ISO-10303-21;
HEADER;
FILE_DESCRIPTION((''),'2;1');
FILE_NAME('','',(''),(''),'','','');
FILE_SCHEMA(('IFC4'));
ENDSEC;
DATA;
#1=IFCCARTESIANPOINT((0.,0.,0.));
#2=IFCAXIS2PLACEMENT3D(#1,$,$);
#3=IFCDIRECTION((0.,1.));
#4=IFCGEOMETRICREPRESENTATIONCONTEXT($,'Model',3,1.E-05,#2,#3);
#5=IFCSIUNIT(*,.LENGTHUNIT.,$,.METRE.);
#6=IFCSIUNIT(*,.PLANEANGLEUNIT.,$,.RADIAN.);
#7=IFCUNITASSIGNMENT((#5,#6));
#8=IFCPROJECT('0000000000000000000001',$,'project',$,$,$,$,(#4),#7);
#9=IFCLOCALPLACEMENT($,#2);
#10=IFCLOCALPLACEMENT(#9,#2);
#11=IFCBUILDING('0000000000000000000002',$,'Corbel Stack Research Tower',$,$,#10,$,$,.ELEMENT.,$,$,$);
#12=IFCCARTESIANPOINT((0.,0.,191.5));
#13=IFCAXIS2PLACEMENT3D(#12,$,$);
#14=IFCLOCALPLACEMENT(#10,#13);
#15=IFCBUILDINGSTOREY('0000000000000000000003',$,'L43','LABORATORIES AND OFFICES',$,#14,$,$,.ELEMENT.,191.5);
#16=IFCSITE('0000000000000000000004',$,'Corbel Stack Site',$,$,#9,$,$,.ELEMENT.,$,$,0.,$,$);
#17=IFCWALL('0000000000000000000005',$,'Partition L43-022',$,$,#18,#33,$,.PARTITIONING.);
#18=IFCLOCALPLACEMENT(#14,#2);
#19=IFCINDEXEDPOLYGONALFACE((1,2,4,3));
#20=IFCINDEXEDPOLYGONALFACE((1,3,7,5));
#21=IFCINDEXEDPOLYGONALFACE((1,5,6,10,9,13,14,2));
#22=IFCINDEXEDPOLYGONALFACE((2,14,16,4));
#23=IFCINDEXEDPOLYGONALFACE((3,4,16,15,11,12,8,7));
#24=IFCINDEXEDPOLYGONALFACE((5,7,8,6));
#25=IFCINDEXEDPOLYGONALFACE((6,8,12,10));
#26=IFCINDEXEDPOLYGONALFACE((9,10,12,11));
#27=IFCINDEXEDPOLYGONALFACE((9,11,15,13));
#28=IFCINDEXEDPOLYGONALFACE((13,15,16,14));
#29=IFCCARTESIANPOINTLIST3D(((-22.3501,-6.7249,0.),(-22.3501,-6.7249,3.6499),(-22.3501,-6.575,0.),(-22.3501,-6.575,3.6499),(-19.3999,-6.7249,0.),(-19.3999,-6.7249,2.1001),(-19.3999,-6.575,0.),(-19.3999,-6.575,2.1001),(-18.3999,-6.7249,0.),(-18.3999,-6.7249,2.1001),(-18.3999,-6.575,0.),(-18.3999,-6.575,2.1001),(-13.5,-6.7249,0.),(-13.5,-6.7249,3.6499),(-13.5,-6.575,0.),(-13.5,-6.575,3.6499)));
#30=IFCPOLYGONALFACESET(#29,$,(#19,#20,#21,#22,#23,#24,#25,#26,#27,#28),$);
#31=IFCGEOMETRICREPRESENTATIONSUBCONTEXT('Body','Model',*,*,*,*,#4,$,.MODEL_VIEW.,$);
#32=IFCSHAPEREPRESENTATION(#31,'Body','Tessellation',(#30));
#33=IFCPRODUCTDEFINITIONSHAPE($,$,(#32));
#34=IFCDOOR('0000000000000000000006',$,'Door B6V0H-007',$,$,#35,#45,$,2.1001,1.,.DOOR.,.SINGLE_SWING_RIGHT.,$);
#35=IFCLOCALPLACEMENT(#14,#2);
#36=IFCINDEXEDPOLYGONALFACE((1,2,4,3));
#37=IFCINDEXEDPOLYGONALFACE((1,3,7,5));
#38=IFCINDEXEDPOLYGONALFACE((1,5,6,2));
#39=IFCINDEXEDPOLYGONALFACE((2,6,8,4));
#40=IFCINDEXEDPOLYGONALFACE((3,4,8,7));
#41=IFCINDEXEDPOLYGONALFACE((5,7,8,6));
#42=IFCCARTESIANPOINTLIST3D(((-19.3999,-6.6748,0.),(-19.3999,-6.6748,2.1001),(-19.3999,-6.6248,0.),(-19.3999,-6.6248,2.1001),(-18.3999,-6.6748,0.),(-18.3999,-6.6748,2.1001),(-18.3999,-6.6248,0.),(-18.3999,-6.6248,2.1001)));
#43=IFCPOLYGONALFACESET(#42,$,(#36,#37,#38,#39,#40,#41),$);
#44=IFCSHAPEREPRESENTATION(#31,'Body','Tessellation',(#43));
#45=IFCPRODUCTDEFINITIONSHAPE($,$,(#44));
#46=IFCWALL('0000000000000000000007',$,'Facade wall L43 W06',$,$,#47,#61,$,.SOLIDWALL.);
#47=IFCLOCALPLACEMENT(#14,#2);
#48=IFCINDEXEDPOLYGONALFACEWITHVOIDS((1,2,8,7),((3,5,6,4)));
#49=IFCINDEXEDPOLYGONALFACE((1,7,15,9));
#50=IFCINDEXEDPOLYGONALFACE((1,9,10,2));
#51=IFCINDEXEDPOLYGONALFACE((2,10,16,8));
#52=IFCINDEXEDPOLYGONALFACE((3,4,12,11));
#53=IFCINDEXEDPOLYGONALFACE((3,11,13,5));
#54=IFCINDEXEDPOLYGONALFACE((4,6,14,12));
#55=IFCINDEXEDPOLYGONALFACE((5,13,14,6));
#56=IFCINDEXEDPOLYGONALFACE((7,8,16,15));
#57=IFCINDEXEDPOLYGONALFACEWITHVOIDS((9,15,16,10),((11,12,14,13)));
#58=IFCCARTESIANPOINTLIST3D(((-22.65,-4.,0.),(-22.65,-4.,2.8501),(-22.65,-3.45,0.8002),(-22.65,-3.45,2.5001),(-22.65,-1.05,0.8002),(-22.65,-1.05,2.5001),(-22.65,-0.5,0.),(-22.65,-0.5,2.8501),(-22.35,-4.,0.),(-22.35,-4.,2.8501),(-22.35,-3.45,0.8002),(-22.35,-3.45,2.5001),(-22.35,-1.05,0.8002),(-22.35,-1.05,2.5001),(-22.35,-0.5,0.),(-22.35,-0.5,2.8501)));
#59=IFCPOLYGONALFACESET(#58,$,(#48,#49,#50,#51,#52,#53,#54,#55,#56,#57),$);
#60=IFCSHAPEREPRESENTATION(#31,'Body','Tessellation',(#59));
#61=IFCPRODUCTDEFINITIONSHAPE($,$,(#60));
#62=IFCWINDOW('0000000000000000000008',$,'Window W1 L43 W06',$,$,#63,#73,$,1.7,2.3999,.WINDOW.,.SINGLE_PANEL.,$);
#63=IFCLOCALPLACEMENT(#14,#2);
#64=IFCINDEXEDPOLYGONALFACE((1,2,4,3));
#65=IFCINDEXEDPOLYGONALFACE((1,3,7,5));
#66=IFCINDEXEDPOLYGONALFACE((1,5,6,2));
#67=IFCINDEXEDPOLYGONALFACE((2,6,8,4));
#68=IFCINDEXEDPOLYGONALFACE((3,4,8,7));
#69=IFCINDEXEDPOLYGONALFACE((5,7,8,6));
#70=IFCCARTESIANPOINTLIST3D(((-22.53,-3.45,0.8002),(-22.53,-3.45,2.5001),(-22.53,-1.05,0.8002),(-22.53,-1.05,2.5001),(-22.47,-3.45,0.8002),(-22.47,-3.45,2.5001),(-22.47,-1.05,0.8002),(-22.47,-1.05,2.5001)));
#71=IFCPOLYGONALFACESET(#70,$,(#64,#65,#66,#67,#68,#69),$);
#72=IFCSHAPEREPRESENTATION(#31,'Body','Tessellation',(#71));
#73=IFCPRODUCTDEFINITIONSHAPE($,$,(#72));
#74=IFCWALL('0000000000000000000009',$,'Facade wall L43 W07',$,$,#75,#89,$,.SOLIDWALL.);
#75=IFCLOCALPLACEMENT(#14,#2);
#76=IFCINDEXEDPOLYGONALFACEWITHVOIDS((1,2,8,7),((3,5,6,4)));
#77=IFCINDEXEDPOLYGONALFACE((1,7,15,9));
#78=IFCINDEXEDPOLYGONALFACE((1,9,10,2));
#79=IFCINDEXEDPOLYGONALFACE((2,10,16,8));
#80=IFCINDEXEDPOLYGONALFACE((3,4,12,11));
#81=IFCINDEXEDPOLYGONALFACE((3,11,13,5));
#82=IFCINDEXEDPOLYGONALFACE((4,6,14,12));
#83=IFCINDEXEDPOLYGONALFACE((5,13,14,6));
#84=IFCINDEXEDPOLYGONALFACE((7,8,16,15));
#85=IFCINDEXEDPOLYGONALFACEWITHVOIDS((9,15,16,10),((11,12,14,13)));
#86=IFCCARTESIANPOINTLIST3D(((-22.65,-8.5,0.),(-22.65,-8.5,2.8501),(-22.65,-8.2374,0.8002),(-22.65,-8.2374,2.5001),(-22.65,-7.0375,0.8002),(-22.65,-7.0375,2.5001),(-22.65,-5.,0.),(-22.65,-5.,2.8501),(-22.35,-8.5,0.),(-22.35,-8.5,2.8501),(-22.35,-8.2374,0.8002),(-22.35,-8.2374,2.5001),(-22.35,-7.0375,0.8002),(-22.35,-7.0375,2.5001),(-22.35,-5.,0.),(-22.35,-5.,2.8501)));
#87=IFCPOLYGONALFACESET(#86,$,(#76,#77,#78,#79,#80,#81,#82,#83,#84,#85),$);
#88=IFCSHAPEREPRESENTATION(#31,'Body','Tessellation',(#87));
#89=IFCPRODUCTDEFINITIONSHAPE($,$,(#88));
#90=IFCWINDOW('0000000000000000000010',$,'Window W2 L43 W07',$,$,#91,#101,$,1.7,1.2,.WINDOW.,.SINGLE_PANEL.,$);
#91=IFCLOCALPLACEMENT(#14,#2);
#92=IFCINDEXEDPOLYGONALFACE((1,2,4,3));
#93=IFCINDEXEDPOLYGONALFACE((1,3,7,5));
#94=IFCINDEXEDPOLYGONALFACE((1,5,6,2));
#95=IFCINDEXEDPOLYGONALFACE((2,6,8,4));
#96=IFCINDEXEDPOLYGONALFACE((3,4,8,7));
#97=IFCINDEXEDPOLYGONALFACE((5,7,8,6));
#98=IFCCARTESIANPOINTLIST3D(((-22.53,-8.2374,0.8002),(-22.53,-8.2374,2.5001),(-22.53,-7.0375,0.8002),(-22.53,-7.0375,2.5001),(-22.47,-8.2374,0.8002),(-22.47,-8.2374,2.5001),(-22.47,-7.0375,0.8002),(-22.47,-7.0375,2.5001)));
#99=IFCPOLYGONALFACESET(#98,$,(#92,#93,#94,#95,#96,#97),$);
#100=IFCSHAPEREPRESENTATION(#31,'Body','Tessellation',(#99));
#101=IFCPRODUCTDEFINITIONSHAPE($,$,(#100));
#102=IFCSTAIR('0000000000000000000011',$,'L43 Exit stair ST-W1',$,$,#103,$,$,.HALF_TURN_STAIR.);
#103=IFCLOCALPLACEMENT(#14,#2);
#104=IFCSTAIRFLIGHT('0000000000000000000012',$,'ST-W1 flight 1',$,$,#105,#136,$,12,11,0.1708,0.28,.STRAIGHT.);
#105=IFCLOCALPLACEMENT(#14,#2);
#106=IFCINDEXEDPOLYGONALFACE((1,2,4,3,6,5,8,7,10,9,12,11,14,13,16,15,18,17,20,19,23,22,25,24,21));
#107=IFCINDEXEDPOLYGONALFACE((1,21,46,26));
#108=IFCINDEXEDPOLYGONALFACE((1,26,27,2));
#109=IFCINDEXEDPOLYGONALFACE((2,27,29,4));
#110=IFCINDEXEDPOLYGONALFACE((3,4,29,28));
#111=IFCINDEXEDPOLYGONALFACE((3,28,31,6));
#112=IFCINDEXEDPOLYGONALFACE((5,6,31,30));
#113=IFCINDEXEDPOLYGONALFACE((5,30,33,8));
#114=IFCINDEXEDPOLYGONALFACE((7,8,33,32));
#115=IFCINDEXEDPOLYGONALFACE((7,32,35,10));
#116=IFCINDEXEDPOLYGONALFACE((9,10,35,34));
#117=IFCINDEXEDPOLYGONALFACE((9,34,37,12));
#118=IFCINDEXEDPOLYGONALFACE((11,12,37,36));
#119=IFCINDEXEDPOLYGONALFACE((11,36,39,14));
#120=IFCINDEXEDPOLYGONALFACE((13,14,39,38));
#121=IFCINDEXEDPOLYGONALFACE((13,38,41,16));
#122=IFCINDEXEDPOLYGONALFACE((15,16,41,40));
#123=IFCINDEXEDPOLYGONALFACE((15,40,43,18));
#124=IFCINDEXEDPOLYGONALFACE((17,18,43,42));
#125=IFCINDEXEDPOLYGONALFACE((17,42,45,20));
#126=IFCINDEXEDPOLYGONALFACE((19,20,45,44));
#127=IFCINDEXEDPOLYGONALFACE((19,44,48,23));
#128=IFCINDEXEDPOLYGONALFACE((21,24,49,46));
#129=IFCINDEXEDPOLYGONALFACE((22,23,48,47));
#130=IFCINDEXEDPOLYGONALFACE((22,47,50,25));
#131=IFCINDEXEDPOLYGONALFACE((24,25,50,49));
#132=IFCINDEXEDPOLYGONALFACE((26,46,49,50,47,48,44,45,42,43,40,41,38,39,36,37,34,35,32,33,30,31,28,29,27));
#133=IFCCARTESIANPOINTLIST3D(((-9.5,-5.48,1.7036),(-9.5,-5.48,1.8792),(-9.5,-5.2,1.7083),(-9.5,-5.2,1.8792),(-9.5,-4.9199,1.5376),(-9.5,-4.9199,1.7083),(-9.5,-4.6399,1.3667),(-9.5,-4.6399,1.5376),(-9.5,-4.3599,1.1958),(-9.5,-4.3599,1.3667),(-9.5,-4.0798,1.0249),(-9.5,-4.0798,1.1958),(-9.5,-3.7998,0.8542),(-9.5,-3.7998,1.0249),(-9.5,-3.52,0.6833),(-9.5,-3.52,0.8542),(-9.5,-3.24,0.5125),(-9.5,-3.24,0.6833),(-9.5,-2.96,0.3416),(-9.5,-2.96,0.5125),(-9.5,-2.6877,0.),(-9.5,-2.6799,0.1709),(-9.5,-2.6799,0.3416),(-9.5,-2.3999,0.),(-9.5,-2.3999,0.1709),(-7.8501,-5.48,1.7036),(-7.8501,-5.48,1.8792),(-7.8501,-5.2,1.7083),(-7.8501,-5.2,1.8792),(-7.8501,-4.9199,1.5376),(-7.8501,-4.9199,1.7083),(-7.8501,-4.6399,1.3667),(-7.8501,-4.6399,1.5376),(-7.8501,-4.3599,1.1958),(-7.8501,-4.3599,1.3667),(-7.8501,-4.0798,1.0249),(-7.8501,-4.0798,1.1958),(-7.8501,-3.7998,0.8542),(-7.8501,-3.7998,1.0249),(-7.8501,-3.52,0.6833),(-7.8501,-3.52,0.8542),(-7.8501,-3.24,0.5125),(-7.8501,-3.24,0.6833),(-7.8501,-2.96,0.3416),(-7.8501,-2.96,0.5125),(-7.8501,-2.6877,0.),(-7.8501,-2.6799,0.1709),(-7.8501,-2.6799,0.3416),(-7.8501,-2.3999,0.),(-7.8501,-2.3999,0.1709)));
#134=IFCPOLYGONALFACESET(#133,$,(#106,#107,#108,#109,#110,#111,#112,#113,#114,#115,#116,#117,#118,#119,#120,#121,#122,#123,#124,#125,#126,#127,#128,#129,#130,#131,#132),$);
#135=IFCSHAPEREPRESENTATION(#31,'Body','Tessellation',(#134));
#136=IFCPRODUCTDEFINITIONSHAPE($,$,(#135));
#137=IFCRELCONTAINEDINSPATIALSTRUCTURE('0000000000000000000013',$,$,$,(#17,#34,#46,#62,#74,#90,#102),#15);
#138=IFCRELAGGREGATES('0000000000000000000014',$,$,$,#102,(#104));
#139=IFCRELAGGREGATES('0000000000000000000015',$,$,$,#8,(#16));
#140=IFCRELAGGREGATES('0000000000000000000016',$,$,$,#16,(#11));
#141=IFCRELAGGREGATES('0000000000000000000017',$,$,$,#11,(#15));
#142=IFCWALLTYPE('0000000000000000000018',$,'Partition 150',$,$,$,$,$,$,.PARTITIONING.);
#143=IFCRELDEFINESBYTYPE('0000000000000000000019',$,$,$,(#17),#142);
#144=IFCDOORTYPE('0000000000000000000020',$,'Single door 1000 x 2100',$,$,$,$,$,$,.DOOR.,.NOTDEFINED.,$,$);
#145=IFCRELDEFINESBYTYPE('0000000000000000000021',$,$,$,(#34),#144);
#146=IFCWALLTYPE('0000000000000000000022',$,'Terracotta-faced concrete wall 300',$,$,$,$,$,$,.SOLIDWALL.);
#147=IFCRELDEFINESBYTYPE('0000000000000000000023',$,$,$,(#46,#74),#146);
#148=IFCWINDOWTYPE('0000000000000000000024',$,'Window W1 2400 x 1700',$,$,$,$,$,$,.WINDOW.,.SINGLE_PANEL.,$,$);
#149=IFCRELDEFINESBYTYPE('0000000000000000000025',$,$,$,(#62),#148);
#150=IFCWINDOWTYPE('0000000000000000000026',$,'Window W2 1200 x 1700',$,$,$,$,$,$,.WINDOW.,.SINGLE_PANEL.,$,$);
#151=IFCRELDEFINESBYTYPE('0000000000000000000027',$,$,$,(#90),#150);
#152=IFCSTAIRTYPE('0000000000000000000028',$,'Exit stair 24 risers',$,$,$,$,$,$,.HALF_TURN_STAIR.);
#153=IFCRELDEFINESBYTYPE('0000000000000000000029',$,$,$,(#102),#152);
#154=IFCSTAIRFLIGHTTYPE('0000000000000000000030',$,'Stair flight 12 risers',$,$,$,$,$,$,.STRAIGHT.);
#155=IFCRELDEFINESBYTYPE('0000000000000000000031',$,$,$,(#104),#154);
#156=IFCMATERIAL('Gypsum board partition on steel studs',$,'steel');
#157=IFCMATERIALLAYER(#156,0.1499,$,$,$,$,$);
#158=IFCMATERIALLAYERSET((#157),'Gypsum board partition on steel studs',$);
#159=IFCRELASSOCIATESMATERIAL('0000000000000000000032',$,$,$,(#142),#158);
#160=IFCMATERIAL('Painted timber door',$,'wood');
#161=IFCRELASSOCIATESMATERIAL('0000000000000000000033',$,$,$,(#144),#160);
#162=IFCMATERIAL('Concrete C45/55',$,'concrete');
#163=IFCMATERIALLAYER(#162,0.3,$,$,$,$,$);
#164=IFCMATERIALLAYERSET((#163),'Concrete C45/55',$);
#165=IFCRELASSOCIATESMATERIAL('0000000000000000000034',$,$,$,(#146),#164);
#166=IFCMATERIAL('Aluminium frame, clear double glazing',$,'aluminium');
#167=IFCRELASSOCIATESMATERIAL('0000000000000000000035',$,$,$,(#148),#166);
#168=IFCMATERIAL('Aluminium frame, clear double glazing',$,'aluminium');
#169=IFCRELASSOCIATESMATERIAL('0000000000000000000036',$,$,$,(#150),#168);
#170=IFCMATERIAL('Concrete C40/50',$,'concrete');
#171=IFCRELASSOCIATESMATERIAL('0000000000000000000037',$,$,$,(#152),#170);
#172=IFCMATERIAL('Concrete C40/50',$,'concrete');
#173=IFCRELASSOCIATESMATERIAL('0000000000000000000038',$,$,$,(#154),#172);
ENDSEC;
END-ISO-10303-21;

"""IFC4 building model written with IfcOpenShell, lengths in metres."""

from ifc_helpers import new_model, si_unit, direction, frame, frame_2d, origin, place, context, subcontext, project, spatial, polyline, rectangle, outline, extrude, material, layer, layer_set, type_object, element, fill, aggregate, save


model = new_model("IFC4")

# Units and contexts
model_context = context("Model", 3, precision=1e-05, world=origin(), true_north=direction((0.0, 1.0)))
body_context = subcontext(model_context, "Body", "Model", "MODEL_VIEW")
ifc_project = project(units=[si_unit("LENGTHUNIT", "METRE"), si_unit("PLANEANGLEUNIT", "RADIAN")], contexts=[model_context])

# Site, building, storey
site_placement = place(None, origin())
site = spatial("IfcSite", under=ifc_project, at=site_placement, Name="Corbel Stack Site", CompositionType="ELEMENT", RefElevation=0.0)
building_placement = place(site_placement, origin())
building = spatial("IfcBuilding", under=site, at=building_placement, Name="Corbel Stack Research Tower", CompositionType="ELEMENT")
storey_placement = place(building_placement, frame((0.0, 0.0, 191.5)))
storey = spatial("IfcBuildingStorey", under=building, at=storey_placement, Name="L43", Description="LABORATORIES AND OFFICES", CompositionType="ELEMENT", Elevation=191.5)

# Wall, opening, door
ifc_material_1 = material(Name="Gypsum board partition on steel studs", Category="steel")
ifc_layer_1 = layer(ifc_material_1, 0.1499)
ifc_layer_set_1 = layer_set([ifc_layer_1], Name="Gypsum board partition on steel studs")
wall_type_1 = type_object("IfcWallType", Name="Partition 150", PredefinedType="PARTITIONING", material=ifc_layer_set_1)
wall_1_placement = place(storey_placement, frame((-13.5, -6.6499, 0.0), z_axis=(0.0, 0.0, 1.0), x_axis=(-1.0, 0.0, 0.0)))
wall_1 = element("IfcWall", 1, at=wall_1_placement, inside=storey, type_object=wall_type_1, Name="Partition L43-022", PredefinedType="PARTITIONING", context=body_context, shape_type="SweptSolid", body=[
    extrude(rectangle(XDim=8.8501, YDim=0.1499, at=frame_2d((4.425, 0.0))), origin(), (0.0, 0.0, 1.0), 3.6499),
])
opening_1_placement = place(wall_1_placement, frame((4.8999, 0.0, 0.0)))
opening_1 = element("IfcOpeningElement", 2, at=opening_1_placement, cuts=wall_1, PredefinedType="OPENING", context=body_context, shape_type="SweptSolid", body=[
    extrude(rectangle(XDim=1.0, YDim=2.1001, at=frame_2d((0.5, 1.05))), frame((0.0, 0.085, 0.0), z_axis=(0.0, -1.0, 0.0), x_axis=(1.0, 0.0, 0.0)), (0.0, 0.0, 1.0), 0.1699),
])
ifc_material_2 = material(Name="Painted timber door", Category="wood")
door_type_1 = type_object("IfcDoorType", Name="Single door 1000 x 2100", OperationType="NOTDEFINED", PredefinedType="DOOR", material=ifc_material_2)
door_1_placement = place(opening_1_placement, origin())
door_1 = element("IfcDoor", 3, at=door_1_placement, inside=storey, type_object=door_type_1, Name="Door B6V0H-007", OperationType="SINGLE_SWING_RIGHT", OverallHeight=2.1001, OverallWidth=1.0, PredefinedType="DOOR", context=body_context, shape_type="SweptSolid", body=[
    extrude(rectangle(XDim=1.0, YDim=2.1001, at=frame_2d((0.5, 1.05))), frame((0.0, 0.0249, 0.0), z_axis=(0.0, -1.0, 0.0), x_axis=(1.0, 0.0, 0.0)), (0.0, 0.0, 1.0), 0.05),
])
fill(opening_1, door_1)

# Walls, openings, windows
ifc_material_3 = material(Name="Concrete C45/55", Category="concrete")
ifc_layer_2 = layer(ifc_material_3, 0.3)
ifc_layer_set_2 = layer_set([ifc_layer_2], Name="Concrete C45/55")
wall_type_2 = type_object("IfcWallType", Name="Terracotta-faced concrete wall 300", PredefinedType="SOLIDWALL", material=ifc_layer_set_2)
wall_2_placement = place(storey_placement, frame((-22.5, -4.0, 0.0), z_axis=(0.0, 0.0, 1.0), x_axis=(0.0, 1.0, 0.0)))
wall_2 = element("IfcWall", 4, at=wall_2_placement, inside=storey, type_object=wall_type_2, Name="Facade wall L43 W06", PredefinedType="SOLIDWALL", context=body_context, shape_type="SweptSolid", body=[
    extrude(rectangle(XDim=3.5, YDim=0.3, at=frame_2d((1.75, 0.0))), origin(), (0.0, 0.0, 1.0), 2.8501),
])
opening_2_placement = place(wall_2_placement, frame((0.55, 0.0, 0.8)))
opening_2 = element("IfcOpeningElement", 5, at=opening_2_placement, cuts=wall_2, PredefinedType="OPENING", context=body_context, shape_type="SweptSolid", body=[
    extrude(rectangle(XDim=2.3999, YDim=1.7, at=frame_2d((1.2, 0.8501))), frame((0.0, 0.1599, 0.0), z_axis=(0.0, -1.0, 0.0), x_axis=(1.0, 0.0, 0.0)), (0.0, 0.0, 1.0), 0.3201),
])
ifc_material_4 = material(Name="Aluminium frame, clear double glazing", Category="aluminium")
window_type_1 = type_object("IfcWindowType", Name="Window W1 2400 x 1700", PartitioningType="SINGLE_PANEL", PredefinedType="WINDOW", material=ifc_material_4)
window_1_placement = place(opening_2_placement, origin())
window_1 = element("IfcWindow", 6, at=window_1_placement, inside=storey, type_object=window_type_1, Name="Window W1 L43 W06", OverallHeight=1.7, OverallWidth=2.3999, PartitioningType="SINGLE_PANEL", PredefinedType="WINDOW", context=body_context, shape_type="SweptSolid", body=[
    extrude(rectangle(XDim=2.3999, YDim=1.7, at=frame_2d((1.2, 0.8501))), frame((0.0, 0.03, 0.0), z_axis=(0.0, -1.0, 0.0), x_axis=(1.0, 0.0, 0.0)), (0.0, 0.0, 1.0), 0.0601),
])
fill(opening_2, window_1)
wall_3_placement = place(storey_placement, frame((-22.5, -8.5, 0.0), z_axis=(0.0, 0.0, 1.0), x_axis=(0.0, 1.0, 0.0)))
wall_3 = element("IfcWall", 7, at=wall_3_placement, inside=storey, type_object=wall_type_2, Name="Facade wall L43 W07", PredefinedType="SOLIDWALL", context=body_context, shape_type="SweptSolid", body=[
    extrude(rectangle(XDim=3.5, YDim=0.3, at=frame_2d((1.75, 0.0))), origin(), (0.0, 0.0, 1.0), 2.8501),
])
opening_3_placement = place(wall_3_placement, frame((0.2625, 0.0, 0.8)))
opening_3 = element("IfcOpeningElement", 8, at=opening_3_placement, cuts=wall_3, PredefinedType="OPENING", context=body_context, shape_type="SweptSolid", body=[
    extrude(rectangle(XDim=1.2, YDim=1.7, at=frame_2d((0.6001, 0.8501))), frame((0.0, 0.1599, 0.0), z_axis=(0.0, -1.0, 0.0), x_axis=(1.0, 0.0, 0.0)), (0.0, 0.0, 1.0), 0.3201),
])
ifc_material_5 = material(Name="Aluminium frame, clear double glazing", Category="aluminium")
window_type_2 = type_object("IfcWindowType", Name="Window W2 1200 x 1700", PartitioningType="SINGLE_PANEL", PredefinedType="WINDOW", material=ifc_material_5)
window_2_placement = place(opening_3_placement, origin())
window_2 = element("IfcWindow", 9, at=window_2_placement, inside=storey, type_object=window_type_2, Name="Window W2 L43 W07", OverallHeight=1.7, OverallWidth=1.2, PartitioningType="SINGLE_PANEL", PredefinedType="WINDOW", context=body_context, shape_type="SweptSolid", body=[
    extrude(rectangle(XDim=1.2, YDim=1.7, at=frame_2d((0.6001, 0.8501))), frame((0.0, 0.03, 0.0), z_axis=(0.0, -1.0, 0.0), x_axis=(1.0, 0.0, 0.0)), (0.0, 0.0, 1.0), 0.0601),
])
fill(opening_3, window_2)

# Stair, stair flight
ifc_material_6 = material(Name="Concrete C40/50", Category="concrete")
stair_type = type_object("IfcStairType", Name="Exit stair 24 risers", PredefinedType="HALF_TURN_STAIR", material=ifc_material_6)
stair_placement = place(storey_placement, origin())
stair = element("IfcStair", 10, at=stair_placement, inside=storey, type_object=stair_type, Name="L43 Exit stair ST-W1", PredefinedType="HALF_TURN_STAIR")
ifc_material_7 = material(Name="Concrete C40/50", Category="concrete")
stair_flight_type = type_object("IfcStairFlightType", Name="Stair flight 12 risers", PredefinedType="STRAIGHT", material=ifc_material_7)
stair_flight_placement = place(storey_placement, frame((-8.675, -2.3999, 0.0), z_axis=(0.0, 0.0, 1.0), x_axis=(0.0, -1.0, 0.0)))
stair_flight = element("IfcStairFlight", 11, at=stair_flight_placement, type_object=stair_flight_type, Name="ST-W1 flight 1", NumberOfRisers=12, NumberOfTreads=11, PredefinedType="STRAIGHT", RiserHeight=0.1708, TreadLength=0.28, context=body_context, shape_type="SweptSolid", body=[
    extrude(outline(polyline([(0.0, 0.0), (0.0, 0.1709), (0.28, 0.1709), (0.28, 0.3416), (0.5601, 0.3416), (0.5601, 0.5125), (0.8401, 0.5125), (0.8401, 0.6833), (1.1201, 0.6833), (1.1201, 0.8542), (1.3999, 0.8542), (1.3999, 1.0249), (1.6799, 1.0249), (1.6799, 1.1958), (1.96, 1.1958), (1.96, 1.3667), (2.24, 1.3667), (2.24, 1.5376), (2.52, 1.5376), (2.52, 1.7083), (2.8, 1.7083), (2.8, 1.8792), (3.0801, 1.8792), (3.0801, 2.05), (3.0801, 1.7036), (0.2878, 0.0), (0.0, 0.0)])), frame((0.0, 0.825, 0.0), z_axis=(0.0, -1.0, 0.0), x_axis=(1.0, 0.0, 0.0)), (0.0, 0.0, 1.0), 1.6499),
])
aggregate(stair, [stair_flight])

save(model, "model.ifc")
